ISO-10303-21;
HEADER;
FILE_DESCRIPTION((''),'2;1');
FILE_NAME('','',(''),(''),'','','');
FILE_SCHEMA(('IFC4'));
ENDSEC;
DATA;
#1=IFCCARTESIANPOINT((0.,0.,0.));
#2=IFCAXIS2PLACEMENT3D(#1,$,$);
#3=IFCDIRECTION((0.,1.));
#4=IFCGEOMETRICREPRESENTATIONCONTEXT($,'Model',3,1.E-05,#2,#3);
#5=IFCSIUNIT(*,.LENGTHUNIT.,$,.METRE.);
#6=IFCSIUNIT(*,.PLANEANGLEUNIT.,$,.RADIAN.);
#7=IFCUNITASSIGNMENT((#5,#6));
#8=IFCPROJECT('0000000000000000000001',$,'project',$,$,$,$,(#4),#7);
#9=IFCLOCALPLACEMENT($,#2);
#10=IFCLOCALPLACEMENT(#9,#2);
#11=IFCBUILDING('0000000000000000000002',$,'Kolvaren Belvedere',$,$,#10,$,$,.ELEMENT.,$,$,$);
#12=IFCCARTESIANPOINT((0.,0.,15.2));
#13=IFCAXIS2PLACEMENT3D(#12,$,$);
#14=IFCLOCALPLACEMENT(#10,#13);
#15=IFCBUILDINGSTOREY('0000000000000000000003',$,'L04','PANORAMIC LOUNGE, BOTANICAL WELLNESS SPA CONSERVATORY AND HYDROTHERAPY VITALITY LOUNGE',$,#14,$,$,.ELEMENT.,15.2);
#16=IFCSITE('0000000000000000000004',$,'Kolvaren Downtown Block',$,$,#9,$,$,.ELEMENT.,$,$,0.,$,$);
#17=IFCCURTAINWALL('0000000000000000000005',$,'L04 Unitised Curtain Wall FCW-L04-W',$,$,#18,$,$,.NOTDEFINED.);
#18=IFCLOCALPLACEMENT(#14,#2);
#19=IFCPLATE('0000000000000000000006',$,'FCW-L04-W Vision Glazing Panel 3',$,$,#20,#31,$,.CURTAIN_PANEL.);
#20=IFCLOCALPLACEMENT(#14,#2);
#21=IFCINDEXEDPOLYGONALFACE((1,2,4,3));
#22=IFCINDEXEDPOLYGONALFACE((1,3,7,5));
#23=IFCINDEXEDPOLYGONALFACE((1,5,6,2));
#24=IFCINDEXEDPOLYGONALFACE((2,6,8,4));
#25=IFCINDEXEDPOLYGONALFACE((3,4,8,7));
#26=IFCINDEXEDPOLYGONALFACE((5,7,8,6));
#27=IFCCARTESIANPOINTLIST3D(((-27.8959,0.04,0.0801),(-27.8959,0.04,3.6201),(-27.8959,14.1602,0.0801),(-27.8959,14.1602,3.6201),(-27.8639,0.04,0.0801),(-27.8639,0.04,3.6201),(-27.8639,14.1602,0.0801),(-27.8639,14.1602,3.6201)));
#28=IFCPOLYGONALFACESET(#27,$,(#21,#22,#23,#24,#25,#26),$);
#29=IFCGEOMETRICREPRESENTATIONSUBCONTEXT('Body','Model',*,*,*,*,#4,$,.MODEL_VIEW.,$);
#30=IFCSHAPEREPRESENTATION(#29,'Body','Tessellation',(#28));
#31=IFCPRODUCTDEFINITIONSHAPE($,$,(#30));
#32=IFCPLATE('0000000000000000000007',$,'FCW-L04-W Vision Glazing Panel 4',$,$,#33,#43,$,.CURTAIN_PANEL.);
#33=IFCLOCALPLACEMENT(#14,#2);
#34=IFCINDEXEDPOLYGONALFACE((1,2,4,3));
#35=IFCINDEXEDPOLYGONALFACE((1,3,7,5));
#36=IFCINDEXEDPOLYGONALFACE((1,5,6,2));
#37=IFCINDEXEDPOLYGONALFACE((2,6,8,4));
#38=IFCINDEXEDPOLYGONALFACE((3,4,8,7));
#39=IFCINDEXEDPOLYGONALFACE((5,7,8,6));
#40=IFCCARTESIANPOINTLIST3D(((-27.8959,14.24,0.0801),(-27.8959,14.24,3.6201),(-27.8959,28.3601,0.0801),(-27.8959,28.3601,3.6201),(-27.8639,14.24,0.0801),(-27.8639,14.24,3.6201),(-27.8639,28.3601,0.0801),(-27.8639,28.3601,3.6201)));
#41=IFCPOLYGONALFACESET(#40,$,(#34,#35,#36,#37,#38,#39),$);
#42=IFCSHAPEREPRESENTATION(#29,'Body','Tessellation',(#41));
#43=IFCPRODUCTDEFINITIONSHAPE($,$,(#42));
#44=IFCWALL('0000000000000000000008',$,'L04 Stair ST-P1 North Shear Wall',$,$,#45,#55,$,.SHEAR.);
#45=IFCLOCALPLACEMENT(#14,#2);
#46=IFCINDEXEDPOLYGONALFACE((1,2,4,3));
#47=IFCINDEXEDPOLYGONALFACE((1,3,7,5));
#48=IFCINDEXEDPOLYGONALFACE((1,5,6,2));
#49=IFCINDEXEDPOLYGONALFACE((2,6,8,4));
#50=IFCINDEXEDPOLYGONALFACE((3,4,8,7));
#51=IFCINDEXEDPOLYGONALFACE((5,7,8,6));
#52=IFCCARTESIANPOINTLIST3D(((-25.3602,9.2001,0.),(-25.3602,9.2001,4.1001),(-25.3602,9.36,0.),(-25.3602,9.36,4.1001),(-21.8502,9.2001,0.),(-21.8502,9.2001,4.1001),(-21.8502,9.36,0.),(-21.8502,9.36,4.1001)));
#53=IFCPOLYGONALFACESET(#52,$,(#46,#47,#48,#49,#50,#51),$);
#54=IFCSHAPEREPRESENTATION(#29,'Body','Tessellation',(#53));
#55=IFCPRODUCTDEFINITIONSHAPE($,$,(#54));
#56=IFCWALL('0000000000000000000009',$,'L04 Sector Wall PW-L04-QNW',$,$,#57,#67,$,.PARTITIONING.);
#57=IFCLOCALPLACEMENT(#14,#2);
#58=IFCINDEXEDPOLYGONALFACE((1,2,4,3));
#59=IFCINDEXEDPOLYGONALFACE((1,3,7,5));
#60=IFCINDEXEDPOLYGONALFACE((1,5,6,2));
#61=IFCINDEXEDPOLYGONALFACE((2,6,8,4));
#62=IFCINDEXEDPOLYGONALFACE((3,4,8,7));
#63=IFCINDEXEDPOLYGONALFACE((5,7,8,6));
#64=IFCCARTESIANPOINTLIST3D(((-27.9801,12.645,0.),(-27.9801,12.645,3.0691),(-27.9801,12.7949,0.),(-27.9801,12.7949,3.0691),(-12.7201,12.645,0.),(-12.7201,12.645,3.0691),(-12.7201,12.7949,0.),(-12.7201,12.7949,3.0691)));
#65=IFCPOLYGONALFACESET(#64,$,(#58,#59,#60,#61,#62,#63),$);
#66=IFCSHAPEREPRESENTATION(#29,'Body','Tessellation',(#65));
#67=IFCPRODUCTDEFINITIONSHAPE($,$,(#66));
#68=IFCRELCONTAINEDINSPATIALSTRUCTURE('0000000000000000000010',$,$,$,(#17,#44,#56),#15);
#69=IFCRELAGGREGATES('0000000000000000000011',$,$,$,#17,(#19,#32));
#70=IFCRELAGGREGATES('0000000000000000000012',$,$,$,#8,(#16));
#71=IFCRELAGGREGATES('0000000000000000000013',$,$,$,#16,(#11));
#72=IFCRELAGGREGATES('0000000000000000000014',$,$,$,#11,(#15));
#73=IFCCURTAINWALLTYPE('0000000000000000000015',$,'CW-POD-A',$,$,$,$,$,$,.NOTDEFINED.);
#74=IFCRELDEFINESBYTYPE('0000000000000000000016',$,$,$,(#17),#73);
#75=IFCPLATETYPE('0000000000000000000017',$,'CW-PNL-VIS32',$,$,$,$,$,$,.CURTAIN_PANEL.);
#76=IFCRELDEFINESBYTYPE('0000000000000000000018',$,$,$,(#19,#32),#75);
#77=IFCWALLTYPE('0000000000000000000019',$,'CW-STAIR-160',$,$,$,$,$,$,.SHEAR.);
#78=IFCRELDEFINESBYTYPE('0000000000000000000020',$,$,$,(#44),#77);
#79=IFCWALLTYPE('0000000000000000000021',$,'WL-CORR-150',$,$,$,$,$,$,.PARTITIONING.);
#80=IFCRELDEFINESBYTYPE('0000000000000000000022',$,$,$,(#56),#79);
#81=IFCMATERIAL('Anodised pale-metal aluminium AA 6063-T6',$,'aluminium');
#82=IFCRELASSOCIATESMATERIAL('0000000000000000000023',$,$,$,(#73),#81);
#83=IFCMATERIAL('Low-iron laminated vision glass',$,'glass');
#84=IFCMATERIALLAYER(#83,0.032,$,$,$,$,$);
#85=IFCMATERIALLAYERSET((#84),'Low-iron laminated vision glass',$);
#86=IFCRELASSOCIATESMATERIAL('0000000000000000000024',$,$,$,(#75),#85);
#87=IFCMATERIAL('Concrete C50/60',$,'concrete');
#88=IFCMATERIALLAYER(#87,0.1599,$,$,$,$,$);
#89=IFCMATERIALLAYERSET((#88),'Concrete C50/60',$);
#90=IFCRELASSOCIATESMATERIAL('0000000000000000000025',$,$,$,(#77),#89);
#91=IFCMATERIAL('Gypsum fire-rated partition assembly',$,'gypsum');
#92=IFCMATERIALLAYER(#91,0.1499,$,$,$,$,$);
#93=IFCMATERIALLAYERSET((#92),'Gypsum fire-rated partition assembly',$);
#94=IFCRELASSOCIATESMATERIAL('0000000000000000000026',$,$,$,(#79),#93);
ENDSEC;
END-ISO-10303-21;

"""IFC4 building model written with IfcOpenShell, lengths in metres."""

from ifc_helpers import new_model, si_unit, direction, frame, frame_2d, origin, origin_2d, place, context, subcontext, project, spatial, rectangle, extrude, material, layer, layer_set, type_object, element, aggregate, save


model = new_model("IFC4")

# Units and contexts
model_context = context("Model", 3, precision=1e-05, world=origin(), true_north=direction((0.0, 1.0)))
body_context = subcontext(model_context, "Body", "Model", "MODEL_VIEW")
ifc_project = project(units=[si_unit("LENGTHUNIT", "METRE"), si_unit("PLANEANGLEUNIT", "RADIAN")], contexts=[model_context])

# Site, building, storey
site_placement = place(None, origin())
site = spatial("IfcSite", under=ifc_project, at=site_placement, Name="Kolvaren Downtown Block", CompositionType="ELEMENT", RefElevation=0.0)
building_placement = place(site_placement, origin())
building = spatial("IfcBuilding", under=site, at=building_placement, Name="Kolvaren Belvedere", CompositionType="ELEMENT")
storey_placement = place(building_placement, frame((0.0, 0.0, 15.2)))
storey = spatial("IfcBuildingStorey", under=building, at=storey_placement, Name="L04", Description="PANORAMIC LOUNGE, BOTANICAL WELLNESS SPA CONSERVATORY AND HYDROTHERAPY VITALITY LOUNGE", CompositionType="ELEMENT", Elevation=15.2)

# Shared definitions
ifc_material_1 = material(Name="Anodised pale-metal aluminium AA 6063-T6", Category="aluminium")
curtain_wall_type = type_object("IfcCurtainWallType", Name="CW-POD-A", PredefinedType="NOTDEFINED", material=ifc_material_1)

# Curtain wall
curtain_wall_1_placement = place(storey_placement, origin())
curtain_wall_1 = element("IfcCurtainWall", 1, at=curtain_wall_1_placement, inside=storey, type_object=curtain_wall_type, Name="L04 Unitised Curtain Wall FCW-L04-W", PredefinedType="NOTDEFINED")

# Plates
ifc_material_2 = material(Name="Low-iron laminated vision glass", Category="glass")
ifc_layer_1 = layer(ifc_material_2, 0.032)
ifc_layer_set_1 = layer_set([ifc_layer_1], Name="Low-iron laminated vision glass")
plate_type = type_object("IfcPlateType", Name="CW-PNL-VIS32", PredefinedType="CURTAIN_PANEL", material=ifc_layer_set_1)
plate_1_placement = place(storey_placement, frame((-27.8799, 7.1001, 0.0801), z_axis=(0.0, 0.0, 1.0), x_axis=(0.0, 1.0, 0.0)))
plate_1 = element("IfcPlate", 2, at=plate_1_placement, type_object=plate_type, Name="FCW-L04-W Vision Glazing Panel 3", PredefinedType="CURTAIN_PANEL", context=body_context, shape_type="SweptSolid", body=[
    extrude(rectangle(XDim=14.1201, YDim=0.032, at=origin_2d()), origin(), (0.0, 0.0, 1.0), 3.54),
])
plate_2_placement = place(storey_placement, frame((-27.8799, 21.3, 0.0801), z_axis=(0.0, 0.0, 1.0), x_axis=(0.0, 1.0, 0.0)))
plate_2 = element("IfcPlate", 3, at=plate_2_placement, type_object=plate_type, Name="FCW-L04-W Vision Glazing Panel 4", PredefinedType="CURTAIN_PANEL", context=body_context, shape_type="SweptSolid", body=[
    extrude(rectangle(XDim=14.1201, YDim=0.032, at=origin_2d()), origin(), (0.0, 0.0, 1.0), 3.54),
])
aggregate(curtain_wall_1, [plate_1, plate_2])

# Walls
ifc_material_3 = material(Name="Concrete C50/60", Category="concrete")
ifc_layer_2 = layer(ifc_material_3, 0.1599)
ifc_layer_set_2 = layer_set([ifc_layer_2], Name="Concrete C50/60")
wall_type_1 = type_object("IfcWallType", Name="CW-STAIR-160", PredefinedType="SHEAR", material=ifc_layer_set_2)
wall_1_placement = place(storey_placement, frame((-25.3601, 9.28, 0.0), z_axis=(0.0, 0.0, 1.0), x_axis=(1.0, 0.0, 0.0)))
element("IfcWall", 4, at=wall_1_placement, inside=storey, type_object=wall_type_1, Name="L04 Stair ST-P1 North Shear Wall", PredefinedType="SHEAR", context=body_context, shape_type="SweptSolid", body=[
    extrude(rectangle(XDim=3.51, YDim=0.1599, at=frame_2d((1.7549, 0.0))), origin(), (0.0, 0.0, 1.0), 4.1001),
])
ifc_material_4 = material(Name="Gypsum fire-rated partition assembly", Category="gypsum")
ifc_layer_3 = layer(ifc_material_4, 0.1499)
ifc_layer_set_3 = layer_set([ifc_layer_3], Name="Gypsum fire-rated partition assembly")
wall_type_2 = type_object("IfcWallType", Name="WL-CORR-150", PredefinedType="PARTITIONING", material=ifc_layer_set_3)
wall_2_placement = place(storey_placement, frame((-27.98, 12.72, 0.0), z_axis=(0.0, 0.0, 1.0), x_axis=(1.0, 0.0, 0.0)))
element("IfcWall", 5, at=wall_2_placement, inside=storey, type_object=wall_type_2, Name="L04 Sector Wall PW-L04-QNW", PredefinedType="PARTITIONING", context=body_context, shape_type="SweptSolid", body=[
    extrude(rectangle(XDim=15.26, YDim=0.1499, at=frame_2d((7.6299, 0.0))), origin(), (0.0, 0.0, 1.0), 3.0691),
])

save(model, "model.ifc")
